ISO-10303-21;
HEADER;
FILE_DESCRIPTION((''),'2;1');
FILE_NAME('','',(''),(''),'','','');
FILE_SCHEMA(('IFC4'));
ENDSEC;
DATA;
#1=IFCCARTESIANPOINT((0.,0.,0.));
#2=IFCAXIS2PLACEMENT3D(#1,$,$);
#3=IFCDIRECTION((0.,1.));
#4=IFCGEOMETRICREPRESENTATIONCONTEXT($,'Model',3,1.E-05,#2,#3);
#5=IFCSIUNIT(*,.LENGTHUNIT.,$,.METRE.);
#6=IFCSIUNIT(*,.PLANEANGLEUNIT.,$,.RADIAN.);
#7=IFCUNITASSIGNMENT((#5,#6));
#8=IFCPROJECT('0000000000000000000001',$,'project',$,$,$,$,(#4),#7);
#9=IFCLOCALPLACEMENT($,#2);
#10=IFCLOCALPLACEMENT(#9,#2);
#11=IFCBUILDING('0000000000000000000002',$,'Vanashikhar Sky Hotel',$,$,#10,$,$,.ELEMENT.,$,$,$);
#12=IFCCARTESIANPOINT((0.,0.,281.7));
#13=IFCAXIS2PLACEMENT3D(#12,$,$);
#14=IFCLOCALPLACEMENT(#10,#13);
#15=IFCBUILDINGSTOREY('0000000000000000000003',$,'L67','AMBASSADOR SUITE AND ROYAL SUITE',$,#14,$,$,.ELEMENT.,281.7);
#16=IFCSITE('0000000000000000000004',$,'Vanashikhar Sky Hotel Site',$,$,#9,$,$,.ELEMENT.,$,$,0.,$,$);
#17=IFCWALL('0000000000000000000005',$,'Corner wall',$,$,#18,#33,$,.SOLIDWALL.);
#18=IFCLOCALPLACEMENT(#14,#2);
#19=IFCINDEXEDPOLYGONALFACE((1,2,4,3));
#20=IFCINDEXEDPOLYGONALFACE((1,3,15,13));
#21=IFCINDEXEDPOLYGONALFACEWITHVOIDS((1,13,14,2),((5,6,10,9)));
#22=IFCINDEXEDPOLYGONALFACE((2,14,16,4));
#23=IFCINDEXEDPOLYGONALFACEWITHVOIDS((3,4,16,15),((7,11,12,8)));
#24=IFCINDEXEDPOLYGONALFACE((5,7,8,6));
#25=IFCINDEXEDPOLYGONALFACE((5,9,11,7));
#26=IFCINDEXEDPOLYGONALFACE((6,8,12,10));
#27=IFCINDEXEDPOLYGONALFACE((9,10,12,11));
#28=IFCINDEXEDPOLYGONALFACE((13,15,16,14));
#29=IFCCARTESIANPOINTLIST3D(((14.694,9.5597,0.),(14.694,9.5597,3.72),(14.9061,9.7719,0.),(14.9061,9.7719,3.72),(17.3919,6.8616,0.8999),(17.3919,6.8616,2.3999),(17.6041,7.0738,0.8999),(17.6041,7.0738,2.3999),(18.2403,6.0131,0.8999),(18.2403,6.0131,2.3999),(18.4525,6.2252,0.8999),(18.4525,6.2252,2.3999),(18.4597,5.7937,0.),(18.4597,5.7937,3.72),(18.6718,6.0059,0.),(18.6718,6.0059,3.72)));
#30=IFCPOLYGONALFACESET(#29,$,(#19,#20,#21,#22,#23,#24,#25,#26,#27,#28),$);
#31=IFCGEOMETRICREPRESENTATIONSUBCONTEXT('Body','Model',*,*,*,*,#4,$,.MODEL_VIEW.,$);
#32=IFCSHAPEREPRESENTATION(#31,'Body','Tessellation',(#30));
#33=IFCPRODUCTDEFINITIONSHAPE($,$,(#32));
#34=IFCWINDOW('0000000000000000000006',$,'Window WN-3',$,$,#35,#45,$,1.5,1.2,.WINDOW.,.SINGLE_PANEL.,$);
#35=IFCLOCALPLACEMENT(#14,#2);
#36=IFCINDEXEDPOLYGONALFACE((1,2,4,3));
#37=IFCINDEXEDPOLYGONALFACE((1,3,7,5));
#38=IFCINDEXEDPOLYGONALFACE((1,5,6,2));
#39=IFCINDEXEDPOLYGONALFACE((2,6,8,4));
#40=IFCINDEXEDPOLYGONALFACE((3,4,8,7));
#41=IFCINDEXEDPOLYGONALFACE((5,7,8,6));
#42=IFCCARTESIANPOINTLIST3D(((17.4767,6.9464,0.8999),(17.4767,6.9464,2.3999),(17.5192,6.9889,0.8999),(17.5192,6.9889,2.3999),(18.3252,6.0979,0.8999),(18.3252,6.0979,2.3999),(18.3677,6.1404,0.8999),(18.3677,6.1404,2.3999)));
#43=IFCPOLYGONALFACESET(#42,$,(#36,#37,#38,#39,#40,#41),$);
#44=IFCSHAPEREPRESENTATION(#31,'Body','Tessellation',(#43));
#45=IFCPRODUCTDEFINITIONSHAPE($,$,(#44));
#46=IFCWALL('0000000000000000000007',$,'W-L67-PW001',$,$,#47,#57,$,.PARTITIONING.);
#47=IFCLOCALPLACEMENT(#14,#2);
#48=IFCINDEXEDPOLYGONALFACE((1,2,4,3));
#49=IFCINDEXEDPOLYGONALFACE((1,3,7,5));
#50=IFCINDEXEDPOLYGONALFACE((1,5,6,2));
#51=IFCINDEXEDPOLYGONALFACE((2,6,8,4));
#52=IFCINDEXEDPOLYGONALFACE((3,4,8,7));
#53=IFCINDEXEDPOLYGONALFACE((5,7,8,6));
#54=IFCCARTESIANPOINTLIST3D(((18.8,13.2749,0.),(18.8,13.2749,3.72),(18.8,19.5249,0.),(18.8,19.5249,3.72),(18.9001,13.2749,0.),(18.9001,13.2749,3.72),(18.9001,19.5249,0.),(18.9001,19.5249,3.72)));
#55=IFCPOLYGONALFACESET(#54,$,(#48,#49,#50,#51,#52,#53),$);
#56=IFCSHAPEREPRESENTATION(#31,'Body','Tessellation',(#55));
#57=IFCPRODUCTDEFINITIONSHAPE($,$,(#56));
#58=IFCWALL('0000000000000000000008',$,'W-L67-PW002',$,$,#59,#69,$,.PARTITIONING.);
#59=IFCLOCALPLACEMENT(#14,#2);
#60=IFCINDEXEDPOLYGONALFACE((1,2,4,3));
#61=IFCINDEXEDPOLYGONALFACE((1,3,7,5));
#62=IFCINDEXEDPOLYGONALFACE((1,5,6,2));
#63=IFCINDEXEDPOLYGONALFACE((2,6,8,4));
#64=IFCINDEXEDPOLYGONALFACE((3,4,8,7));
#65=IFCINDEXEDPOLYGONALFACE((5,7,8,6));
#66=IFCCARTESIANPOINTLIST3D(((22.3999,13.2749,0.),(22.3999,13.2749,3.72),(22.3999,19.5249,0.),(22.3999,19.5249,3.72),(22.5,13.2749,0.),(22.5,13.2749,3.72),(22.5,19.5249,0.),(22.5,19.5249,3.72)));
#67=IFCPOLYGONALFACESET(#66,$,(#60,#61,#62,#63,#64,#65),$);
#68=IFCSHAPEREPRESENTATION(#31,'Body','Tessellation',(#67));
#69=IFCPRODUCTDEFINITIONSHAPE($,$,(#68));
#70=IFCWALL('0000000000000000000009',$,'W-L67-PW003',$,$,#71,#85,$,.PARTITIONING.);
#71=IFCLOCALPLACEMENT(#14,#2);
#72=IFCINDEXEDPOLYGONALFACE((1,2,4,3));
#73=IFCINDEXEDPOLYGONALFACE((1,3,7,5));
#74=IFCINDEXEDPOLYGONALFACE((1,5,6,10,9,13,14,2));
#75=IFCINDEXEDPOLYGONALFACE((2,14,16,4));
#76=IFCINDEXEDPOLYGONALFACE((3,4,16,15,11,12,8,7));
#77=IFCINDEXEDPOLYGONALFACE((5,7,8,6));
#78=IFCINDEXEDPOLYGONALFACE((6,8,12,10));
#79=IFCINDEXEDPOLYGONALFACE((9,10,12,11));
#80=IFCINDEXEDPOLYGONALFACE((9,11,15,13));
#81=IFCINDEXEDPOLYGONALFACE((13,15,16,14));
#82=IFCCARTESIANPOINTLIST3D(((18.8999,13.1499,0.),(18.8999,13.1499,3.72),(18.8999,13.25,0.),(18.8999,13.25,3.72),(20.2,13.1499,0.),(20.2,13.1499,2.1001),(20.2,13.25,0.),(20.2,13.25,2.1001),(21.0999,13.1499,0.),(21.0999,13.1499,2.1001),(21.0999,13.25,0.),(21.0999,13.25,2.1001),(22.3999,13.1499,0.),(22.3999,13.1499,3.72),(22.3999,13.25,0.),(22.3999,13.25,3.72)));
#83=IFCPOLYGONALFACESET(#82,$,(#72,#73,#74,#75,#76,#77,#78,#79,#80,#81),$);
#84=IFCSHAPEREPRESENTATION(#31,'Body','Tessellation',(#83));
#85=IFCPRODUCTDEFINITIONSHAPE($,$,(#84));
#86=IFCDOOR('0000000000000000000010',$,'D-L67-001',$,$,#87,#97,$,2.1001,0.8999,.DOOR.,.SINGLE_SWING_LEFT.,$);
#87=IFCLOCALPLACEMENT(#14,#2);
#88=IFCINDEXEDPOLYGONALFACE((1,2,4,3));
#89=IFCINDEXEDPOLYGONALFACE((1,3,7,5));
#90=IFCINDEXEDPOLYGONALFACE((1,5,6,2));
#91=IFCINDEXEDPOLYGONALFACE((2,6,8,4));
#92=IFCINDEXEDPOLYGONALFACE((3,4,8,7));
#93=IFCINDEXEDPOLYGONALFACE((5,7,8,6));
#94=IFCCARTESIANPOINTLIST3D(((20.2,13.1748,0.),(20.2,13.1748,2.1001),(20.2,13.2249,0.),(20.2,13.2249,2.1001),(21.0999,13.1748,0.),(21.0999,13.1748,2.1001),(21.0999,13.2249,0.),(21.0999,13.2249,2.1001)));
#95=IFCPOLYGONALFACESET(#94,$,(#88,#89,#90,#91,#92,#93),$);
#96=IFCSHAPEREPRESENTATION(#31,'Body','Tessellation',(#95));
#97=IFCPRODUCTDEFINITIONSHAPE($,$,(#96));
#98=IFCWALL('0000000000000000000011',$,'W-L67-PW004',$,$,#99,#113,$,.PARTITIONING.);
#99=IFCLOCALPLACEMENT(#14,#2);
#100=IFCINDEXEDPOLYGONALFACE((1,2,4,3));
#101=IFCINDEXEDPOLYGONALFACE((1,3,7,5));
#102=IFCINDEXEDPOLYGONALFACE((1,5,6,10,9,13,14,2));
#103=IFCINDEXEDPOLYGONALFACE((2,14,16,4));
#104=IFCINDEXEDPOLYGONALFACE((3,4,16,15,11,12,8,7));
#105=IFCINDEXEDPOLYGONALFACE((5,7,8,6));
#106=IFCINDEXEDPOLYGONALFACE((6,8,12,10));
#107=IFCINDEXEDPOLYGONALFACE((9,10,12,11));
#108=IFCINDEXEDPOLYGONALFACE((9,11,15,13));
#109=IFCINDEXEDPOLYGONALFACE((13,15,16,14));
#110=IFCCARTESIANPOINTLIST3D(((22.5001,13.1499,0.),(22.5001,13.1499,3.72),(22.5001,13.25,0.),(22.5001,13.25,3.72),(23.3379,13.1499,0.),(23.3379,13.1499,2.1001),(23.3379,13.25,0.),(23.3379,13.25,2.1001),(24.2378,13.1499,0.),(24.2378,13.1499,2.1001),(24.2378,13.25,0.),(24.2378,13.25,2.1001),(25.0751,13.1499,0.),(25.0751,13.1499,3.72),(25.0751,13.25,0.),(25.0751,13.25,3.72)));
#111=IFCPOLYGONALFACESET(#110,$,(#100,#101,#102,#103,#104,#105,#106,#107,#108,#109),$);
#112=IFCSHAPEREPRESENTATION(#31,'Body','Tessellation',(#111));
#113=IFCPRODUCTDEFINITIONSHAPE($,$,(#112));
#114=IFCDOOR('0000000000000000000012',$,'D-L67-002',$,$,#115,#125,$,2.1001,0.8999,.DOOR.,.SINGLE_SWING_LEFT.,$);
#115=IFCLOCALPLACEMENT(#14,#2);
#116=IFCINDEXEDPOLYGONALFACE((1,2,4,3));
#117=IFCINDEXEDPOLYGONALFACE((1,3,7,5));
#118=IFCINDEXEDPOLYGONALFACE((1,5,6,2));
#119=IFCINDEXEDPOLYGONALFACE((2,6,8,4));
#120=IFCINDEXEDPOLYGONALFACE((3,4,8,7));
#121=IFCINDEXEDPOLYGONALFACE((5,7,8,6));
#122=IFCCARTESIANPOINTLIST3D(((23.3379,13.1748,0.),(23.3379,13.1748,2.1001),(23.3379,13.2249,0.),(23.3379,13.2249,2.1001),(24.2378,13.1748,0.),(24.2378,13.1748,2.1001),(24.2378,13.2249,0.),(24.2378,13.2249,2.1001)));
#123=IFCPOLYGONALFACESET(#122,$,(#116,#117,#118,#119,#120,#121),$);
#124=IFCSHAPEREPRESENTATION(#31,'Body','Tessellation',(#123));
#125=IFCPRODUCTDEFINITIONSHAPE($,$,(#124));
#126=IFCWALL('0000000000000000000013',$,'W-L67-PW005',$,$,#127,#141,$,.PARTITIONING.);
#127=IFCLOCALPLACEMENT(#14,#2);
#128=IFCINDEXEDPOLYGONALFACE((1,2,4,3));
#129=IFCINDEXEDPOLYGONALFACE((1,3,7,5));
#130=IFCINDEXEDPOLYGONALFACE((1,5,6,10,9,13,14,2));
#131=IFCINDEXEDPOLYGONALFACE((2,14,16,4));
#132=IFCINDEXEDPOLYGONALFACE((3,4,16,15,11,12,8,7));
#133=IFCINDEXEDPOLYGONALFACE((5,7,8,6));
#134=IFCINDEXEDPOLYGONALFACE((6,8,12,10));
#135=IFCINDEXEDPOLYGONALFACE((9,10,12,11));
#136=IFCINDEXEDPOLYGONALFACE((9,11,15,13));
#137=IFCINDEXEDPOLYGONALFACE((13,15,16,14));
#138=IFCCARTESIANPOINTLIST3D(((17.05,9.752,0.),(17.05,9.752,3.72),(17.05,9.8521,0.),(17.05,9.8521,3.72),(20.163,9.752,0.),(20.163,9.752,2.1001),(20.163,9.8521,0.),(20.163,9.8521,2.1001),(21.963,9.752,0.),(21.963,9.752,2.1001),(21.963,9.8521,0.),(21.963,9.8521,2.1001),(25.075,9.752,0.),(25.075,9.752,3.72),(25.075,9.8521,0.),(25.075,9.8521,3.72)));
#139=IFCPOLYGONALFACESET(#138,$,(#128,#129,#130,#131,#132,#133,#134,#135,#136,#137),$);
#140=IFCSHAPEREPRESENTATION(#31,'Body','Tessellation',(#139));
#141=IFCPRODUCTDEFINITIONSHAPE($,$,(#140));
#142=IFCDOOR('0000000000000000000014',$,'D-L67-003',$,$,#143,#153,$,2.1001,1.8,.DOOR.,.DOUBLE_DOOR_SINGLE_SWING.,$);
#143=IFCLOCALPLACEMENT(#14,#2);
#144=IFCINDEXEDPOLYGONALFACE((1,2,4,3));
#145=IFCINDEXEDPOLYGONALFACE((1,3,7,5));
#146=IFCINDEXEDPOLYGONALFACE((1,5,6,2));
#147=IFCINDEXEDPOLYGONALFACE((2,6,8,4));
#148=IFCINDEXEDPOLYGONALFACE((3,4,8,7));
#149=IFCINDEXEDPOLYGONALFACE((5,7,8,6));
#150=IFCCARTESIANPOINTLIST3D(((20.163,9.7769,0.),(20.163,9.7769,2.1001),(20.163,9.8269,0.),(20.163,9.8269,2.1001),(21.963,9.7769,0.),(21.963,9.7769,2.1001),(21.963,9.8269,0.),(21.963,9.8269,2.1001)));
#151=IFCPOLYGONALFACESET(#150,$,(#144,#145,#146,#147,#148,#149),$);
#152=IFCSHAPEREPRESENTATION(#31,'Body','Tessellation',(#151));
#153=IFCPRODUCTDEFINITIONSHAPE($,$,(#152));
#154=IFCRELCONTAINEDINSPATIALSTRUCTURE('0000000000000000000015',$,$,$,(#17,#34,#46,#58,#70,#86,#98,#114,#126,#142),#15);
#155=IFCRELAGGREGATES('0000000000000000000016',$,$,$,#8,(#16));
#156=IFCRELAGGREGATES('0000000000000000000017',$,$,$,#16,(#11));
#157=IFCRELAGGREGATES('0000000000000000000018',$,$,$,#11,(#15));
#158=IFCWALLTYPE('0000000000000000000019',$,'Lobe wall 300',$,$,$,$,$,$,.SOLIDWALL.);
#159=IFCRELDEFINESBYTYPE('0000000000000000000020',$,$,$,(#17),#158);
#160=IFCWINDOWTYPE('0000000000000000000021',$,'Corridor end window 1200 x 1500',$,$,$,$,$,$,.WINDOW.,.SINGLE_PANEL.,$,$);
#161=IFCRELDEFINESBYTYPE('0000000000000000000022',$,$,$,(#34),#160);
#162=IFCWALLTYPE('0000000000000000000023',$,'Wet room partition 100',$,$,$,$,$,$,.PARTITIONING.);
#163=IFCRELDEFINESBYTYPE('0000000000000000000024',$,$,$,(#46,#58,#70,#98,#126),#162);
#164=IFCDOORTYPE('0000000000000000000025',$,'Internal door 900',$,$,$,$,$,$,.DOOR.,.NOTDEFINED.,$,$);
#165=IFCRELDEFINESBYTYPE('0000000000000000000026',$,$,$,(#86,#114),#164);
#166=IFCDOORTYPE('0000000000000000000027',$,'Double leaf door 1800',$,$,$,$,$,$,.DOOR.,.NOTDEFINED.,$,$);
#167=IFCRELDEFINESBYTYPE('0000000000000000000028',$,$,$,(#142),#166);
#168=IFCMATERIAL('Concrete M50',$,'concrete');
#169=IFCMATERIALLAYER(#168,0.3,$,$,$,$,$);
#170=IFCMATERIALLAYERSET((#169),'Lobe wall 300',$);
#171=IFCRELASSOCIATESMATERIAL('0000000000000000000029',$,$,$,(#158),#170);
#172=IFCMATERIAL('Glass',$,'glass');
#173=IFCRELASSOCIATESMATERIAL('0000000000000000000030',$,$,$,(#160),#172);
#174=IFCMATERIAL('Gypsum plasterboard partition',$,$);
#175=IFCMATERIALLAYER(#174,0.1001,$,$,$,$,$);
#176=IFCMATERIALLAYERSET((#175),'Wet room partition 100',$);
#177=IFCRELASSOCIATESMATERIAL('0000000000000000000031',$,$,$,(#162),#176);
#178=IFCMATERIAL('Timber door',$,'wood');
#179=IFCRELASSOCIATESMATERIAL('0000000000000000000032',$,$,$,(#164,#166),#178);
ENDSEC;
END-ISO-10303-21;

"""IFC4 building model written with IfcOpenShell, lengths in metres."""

from ifc_helpers import new_model, si_unit, direction, frame, frame_2d, origin, place, context, subcontext, project, spatial, rectangle, extrude, source, transform, mapped, material, layer, layer_set, type_object, element, fill, save


model = new_model("IFC4")

# Units and contexts
model_context = context("Model", 3, precision=1e-05, world=origin(), true_north=direction((0.0, 1.0)))
body_context = subcontext(model_context, "Body", "Model", "MODEL_VIEW")
ifc_project = project(units=[si_unit("LENGTHUNIT", "METRE"), si_unit("PLANEANGLEUNIT", "RADIAN")], contexts=[model_context])

# Site, building, storey
site_placement = place(None, origin())
site = spatial("IfcSite", under=ifc_project, at=site_placement, Name="Vanashikhar Sky Hotel Site", CompositionType="ELEMENT", RefElevation=0.0)
building_placement = place(site_placement, origin())
building = spatial("IfcBuilding", under=site, at=building_placement, Name="Vanashikhar Sky Hotel", CompositionType="ELEMENT")
storey_placement = place(building_placement, frame((0.0, 0.0, 281.7)))
storey = spatial("IfcBuildingStorey", under=building, at=storey_placement, Name="L67", Description="AMBASSADOR SUITE AND ROYAL SUITE", CompositionType="ELEMENT", Elevation=281.7)

# Shared definitions
ifc_material_1 = material(Name="Concrete M50", Category="concrete")

# Shared definitions
ifc_material_2 = material(Name="Glass", Category="glass")

# Wall, opening, window
ifc_layer_1 = layer(ifc_material_1, 0.3)
ifc_layer_set_1 = layer_set([ifc_layer_1], Name="Lobe wall 300")
wall_type_1 = type_object("IfcWallType", Name="Lobe wall 300", PredefinedType="SOLIDWALL", material=ifc_layer_set_1)
shared_shape_1 = source(origin(), body_context, "Body", "SweptSolid", [
    extrude(rectangle(XDim=5.3257, YDim=0.3, at=frame_2d((2.6628, 0.0))), origin(), (0.0, 0.0, 1.0), 3.72),
])
wall_1_placement = place(storey_placement, frame((14.8, 9.6658, 0.0), z_axis=(0.0, 0.0, 1.0), x_axis=(0.707084, -0.70713, 0.0)))
wall_1 = element("IfcWall", 1, at=wall_1_placement, inside=storey, type_object=wall_type_1, Name="Corner wall", PredefinedType="SOLIDWALL", context=body_context, shape_type="MappedRepresentation", body=[
    mapped(shared_shape_1, transform((0.0, 0.0, 0.0), scale=1.0)),
])
shared_shape_2 = source(origin(), body_context, "Body", "SweptSolid", [
    extrude(rectangle(XDim=1.2, YDim=1.5, at=frame_2d((0.6001, 0.75))), frame((0.0, 0.1602, 0.0), z_axis=(0.0, -1.0, 0.0), x_axis=(1.0, 0.0, 0.0)), (0.0, 0.0, 1.0), 0.3201),
])
opening_1_placement = place(wall_1_placement, frame((3.8154, 0.0, 0.8999)))
opening_1 = element("IfcOpeningElement", 2, at=opening_1_placement, cuts=wall_1, PredefinedType="OPENING", context=body_context, shape_type="MappedRepresentation", body=[
    mapped(shared_shape_2, transform((0.0, 0.0, 0.0), scale=1.0)),
])
window_type_1 = type_object("IfcWindowType", Name="Corridor end window 1200 x 1500", PartitioningType="SINGLE_PANEL", PredefinedType="WINDOW", material=ifc_material_2)
shared_shape_3 = source(origin(), body_context, "Body", "SweptSolid", [
    extrude(rectangle(XDim=1.2, YDim=1.5, at=frame_2d((0.6001, 0.75))), frame((0.0, 0.03, 0.0), z_axis=(0.0, -1.0, 0.0), x_axis=(1.0, 0.0, 0.0)), (0.0, 0.0, 1.0), 0.0601),
])
window_1_placement = place(opening_1_placement, origin())
window_1 = element("IfcWindow", 3, at=window_1_placement, inside=storey, type_object=window_type_1, Name="Window WN-3", OverallHeight=1.5, OverallWidth=1.2, PartitioningType="SINGLE_PANEL", PredefinedType="WINDOW", context=body_context, shape_type="MappedRepresentation", body=[
    mapped(shared_shape_3, transform((0.0, 0.0, 0.0), scale=1.0)),
])
fill(opening_1, window_1)

# Walls
ifc_material_3 = material(Name="Gypsum plasterboard partition")
ifc_layer_2 = layer(ifc_material_3, 0.1001)
ifc_layer_set_2 = layer_set([ifc_layer_2], Name="Wet room partition 100")
wall_type_2 = type_object("IfcWallType", Name="Wet room partition 100", PredefinedType="PARTITIONING", material=ifc_layer_set_2)
shared_shape_4 = source(origin(), body_context, "Body", "SweptSolid", [
    extrude(rectangle(XDim=6.25, YDim=0.1001, at=frame_2d((3.125, 0.0))), origin(), (0.0, 0.0, 1.0), 3.72),
])
for number, where, z_axis, x_axis, name in (
    (4, (18.8501, 13.2749, 0.0), (0.0, 0.0, 1.0), (0.0, 1.0, 0.0), "W-L67-PW001"),
    (5, (22.45, 13.2749, 0.0), (0.0, 0.0, 1.0), (0.0, 1.0, 0.0), "W-L67-PW002"),
):
    element("IfcWall", number, at=place(storey_placement, frame(where, z_axis=z_axis, x_axis=x_axis)), inside=storey, type_object=wall_type_2, Name=name, PredefinedType="PARTITIONING", context=body_context, shape_type="MappedRepresentation", body=[
        mapped(shared_shape_4, transform((0.0, 0.0, 0.0), scale=1.0)),
    ])

# Walls, openings, doors
shared_shape_5 = source(origin(), body_context, "Body", "SweptSolid", [
    extrude(rectangle(XDim=3.5, YDim=0.1001, at=frame_2d((1.75, 0.0))), origin(), (0.0, 0.0, 1.0), 3.72),
])
wall_2_placement = place(storey_placement, frame((18.8999, 13.2, 0.0), z_axis=(0.0, 0.0, 1.0), x_axis=(1.0, 0.0, 0.0)))
wall_2 = element("IfcWall", 6, at=wall_2_placement, inside=storey, type_object=wall_type_2, Name="W-L67-PW003", PredefinedType="PARTITIONING", context=body_context, shape_type="MappedRepresentation", body=[
    mapped(shared_shape_5, transform((0.0, 0.0, 0.0), scale=1.0)),
])
shared_shape_6 = source(origin(), body_context, "Body", "SweptSolid", [
    extrude(rectangle(XDim=0.8999, YDim=2.1001, at=frame_2d((0.45, 1.05))), frame((0.0, 0.0601, 0.0), z_axis=(0.0, -1.0, 0.0), x_axis=(1.0, 0.0, 0.0)), (0.0, 0.0, 1.0), 0.1201),
])
opening_2_placement = place(wall_2_placement, frame((1.3, 0.0, 0.0)))
opening_2 = element("IfcOpeningElement", 7, at=opening_2_placement, cuts=wall_2, PredefinedType="OPENING", context=body_context, shape_type="MappedRepresentation", body=[
    mapped(shared_shape_6, transform((0.0, 0.0, 0.0), scale=1.0)),
])
ifc_material_4 = material(Name="Timber door", Category="wood")
door_type_1 = type_object("IfcDoorType", Name="Internal door 900", OperationType="NOTDEFINED", PredefinedType="DOOR", material=ifc_material_4)
shared_shape_7 = source(origin(), body_context, "Body", "SweptSolid", [
    extrude(rectangle(XDim=0.8999, YDim=2.1001, at=frame_2d((0.45, 1.05))), frame((0.0, 0.0249, 0.0), z_axis=(0.0, -1.0, 0.0), x_axis=(1.0, 0.0, 0.0)), (0.0, 0.0, 1.0), 0.05),
])
door_1_placement = place(opening_2_placement, origin())
door_1 = element("IfcDoor", 8, at=door_1_placement, inside=storey, type_object=door_type_1, Name="D-L67-001", OperationType="SINGLE_SWING_LEFT", OverallHeight=2.1001, OverallWidth=0.8999, PredefinedType="DOOR", context=body_context, shape_type="MappedRepresentation", body=[
    mapped(shared_shape_7, transform((0.0, 0.0, 0.0), scale=1.0)),
])
fill(opening_2, door_1)
shared_shape_8 = source(origin(), body_context, "Body", "SweptSolid", [
    extrude(rectangle(XDim=2.575, YDim=0.1001, at=frame_2d((1.2876, 0.0))), origin(), (0.0, 0.0, 1.0), 3.72),
])
wall_3_placement = place(storey_placement, frame((22.5, 13.2, 0.0), z_axis=(0.0, 0.0, 1.0), x_axis=(1.0, 0.0, 0.0)))
wall_3 = element("IfcWall", 9, at=wall_3_placement, inside=storey, type_object=wall_type_2, Name="W-L67-PW004", PredefinedType="PARTITIONING", context=body_context, shape_type="MappedRepresentation", body=[
    mapped(shared_shape_8, transform((0.0, 0.0, 0.0), scale=1.0)),
])
opening_3_placement = place(wall_3_placement, frame((0.8379, 0.0, 0.0)))
opening_3 = element("IfcOpeningElement", 10, at=opening_3_placement, cuts=wall_3, PredefinedType="OPENING", context=body_context, shape_type="MappedRepresentation", body=[
    mapped(shared_shape_6, transform((0.0, 0.0, 0.0), scale=1.0)),
])
door_2_placement = place(opening_3_placement, origin())
door_2 = element("IfcDoor", 11, at=door_2_placement, inside=storey, type_object=door_type_1, Name="D-L67-002", OperationType="SINGLE_SWING_LEFT", OverallHeight=2.1001, OverallWidth=0.8999, PredefinedType="DOOR", context=body_context, shape_type="MappedRepresentation", body=[
    mapped(shared_shape_7, transform((0.0, 0.0, 0.0), scale=1.0)),
])
fill(opening_3, door_2)
shared_shape_9 = source(origin(), body_context, "Body", "SweptSolid", [
    extrude(rectangle(XDim=8.0249, YDim=0.1001, at=frame_2d((4.0125, 0.0))), origin(), (0.0, 0.0, 1.0), 3.72),
])
wall_4_placement = place(storey_placement, frame((17.05, 9.802, 0.0), z_axis=(0.0, 0.0, 1.0), x_axis=(1.0, 0.0, 0.0)))
wall_4 = element("IfcWall", 12, at=wall_4_placement, inside=storey, type_object=wall_type_2, Name="W-L67-PW005", PredefinedType="PARTITIONING", context=body_context, shape_type="MappedRepresentation", body=[
    mapped(shared_shape_9, transform((0.0, 0.0, 0.0), scale=1.0)),
])
shared_shape_10 = source(origin(), body_context, "Body", "SweptSolid", [
    extrude(rectangle(XDim=1.8, YDim=2.1001, at=frame_2d((0.8999, 1.05))), frame((0.0, 0.0601, 0.0), z_axis=(0.0, -1.0, 0.0), x_axis=(1.0, 0.0, 0.0)), (0.0, 0.0, 1.0), 0.1201),
])
opening_4_placement = place(wall_4_placement, frame((3.113, 0.0, 0.0)))
opening_4 = element("IfcOpeningElement", 13, at=opening_4_placement, cuts=wall_4, PredefinedType="OPENING", context=body_context, shape_type="MappedRepresentation", body=[
    mapped(shared_shape_10, transform((0.0, 0.0, 0.0), scale=1.0)),
])
door_type_2 = type_object("IfcDoorType", Name="Double leaf door 1800", OperationType="NOTDEFINED", PredefinedType="DOOR", material=ifc_material_4)
shared_shape_11 = source(origin(), body_context, "Body", "SweptSolid", [
    extrude(rectangle(XDim=1.8, YDim=2.1001, at=frame_2d((0.8999, 1.05))), frame((0.0, 0.0249, 0.0), z_axis=(0.0, -1.0, 0.0), x_axis=(1.0, 0.0, 0.0)), (0.0, 0.0, 1.0), 0.05),
])
door_3_placement = place(opening_4_placement, origin())
door_3 = element("IfcDoor", 14, at=door_3_placement, inside=storey, type_object=door_type_2, Name="D-L67-003", OperationType="DOUBLE_DOOR_SINGLE_SWING", OverallHeight=2.1001, OverallWidth=1.8, PredefinedType="DOOR", context=body_context, shape_type="MappedRepresentation", body=[
    mapped(shared_shape_11, transform((0.0, 0.0, 0.0), scale=1.0)),
])
fill(opening_4, door_3)

save(model, "model.ifc")
